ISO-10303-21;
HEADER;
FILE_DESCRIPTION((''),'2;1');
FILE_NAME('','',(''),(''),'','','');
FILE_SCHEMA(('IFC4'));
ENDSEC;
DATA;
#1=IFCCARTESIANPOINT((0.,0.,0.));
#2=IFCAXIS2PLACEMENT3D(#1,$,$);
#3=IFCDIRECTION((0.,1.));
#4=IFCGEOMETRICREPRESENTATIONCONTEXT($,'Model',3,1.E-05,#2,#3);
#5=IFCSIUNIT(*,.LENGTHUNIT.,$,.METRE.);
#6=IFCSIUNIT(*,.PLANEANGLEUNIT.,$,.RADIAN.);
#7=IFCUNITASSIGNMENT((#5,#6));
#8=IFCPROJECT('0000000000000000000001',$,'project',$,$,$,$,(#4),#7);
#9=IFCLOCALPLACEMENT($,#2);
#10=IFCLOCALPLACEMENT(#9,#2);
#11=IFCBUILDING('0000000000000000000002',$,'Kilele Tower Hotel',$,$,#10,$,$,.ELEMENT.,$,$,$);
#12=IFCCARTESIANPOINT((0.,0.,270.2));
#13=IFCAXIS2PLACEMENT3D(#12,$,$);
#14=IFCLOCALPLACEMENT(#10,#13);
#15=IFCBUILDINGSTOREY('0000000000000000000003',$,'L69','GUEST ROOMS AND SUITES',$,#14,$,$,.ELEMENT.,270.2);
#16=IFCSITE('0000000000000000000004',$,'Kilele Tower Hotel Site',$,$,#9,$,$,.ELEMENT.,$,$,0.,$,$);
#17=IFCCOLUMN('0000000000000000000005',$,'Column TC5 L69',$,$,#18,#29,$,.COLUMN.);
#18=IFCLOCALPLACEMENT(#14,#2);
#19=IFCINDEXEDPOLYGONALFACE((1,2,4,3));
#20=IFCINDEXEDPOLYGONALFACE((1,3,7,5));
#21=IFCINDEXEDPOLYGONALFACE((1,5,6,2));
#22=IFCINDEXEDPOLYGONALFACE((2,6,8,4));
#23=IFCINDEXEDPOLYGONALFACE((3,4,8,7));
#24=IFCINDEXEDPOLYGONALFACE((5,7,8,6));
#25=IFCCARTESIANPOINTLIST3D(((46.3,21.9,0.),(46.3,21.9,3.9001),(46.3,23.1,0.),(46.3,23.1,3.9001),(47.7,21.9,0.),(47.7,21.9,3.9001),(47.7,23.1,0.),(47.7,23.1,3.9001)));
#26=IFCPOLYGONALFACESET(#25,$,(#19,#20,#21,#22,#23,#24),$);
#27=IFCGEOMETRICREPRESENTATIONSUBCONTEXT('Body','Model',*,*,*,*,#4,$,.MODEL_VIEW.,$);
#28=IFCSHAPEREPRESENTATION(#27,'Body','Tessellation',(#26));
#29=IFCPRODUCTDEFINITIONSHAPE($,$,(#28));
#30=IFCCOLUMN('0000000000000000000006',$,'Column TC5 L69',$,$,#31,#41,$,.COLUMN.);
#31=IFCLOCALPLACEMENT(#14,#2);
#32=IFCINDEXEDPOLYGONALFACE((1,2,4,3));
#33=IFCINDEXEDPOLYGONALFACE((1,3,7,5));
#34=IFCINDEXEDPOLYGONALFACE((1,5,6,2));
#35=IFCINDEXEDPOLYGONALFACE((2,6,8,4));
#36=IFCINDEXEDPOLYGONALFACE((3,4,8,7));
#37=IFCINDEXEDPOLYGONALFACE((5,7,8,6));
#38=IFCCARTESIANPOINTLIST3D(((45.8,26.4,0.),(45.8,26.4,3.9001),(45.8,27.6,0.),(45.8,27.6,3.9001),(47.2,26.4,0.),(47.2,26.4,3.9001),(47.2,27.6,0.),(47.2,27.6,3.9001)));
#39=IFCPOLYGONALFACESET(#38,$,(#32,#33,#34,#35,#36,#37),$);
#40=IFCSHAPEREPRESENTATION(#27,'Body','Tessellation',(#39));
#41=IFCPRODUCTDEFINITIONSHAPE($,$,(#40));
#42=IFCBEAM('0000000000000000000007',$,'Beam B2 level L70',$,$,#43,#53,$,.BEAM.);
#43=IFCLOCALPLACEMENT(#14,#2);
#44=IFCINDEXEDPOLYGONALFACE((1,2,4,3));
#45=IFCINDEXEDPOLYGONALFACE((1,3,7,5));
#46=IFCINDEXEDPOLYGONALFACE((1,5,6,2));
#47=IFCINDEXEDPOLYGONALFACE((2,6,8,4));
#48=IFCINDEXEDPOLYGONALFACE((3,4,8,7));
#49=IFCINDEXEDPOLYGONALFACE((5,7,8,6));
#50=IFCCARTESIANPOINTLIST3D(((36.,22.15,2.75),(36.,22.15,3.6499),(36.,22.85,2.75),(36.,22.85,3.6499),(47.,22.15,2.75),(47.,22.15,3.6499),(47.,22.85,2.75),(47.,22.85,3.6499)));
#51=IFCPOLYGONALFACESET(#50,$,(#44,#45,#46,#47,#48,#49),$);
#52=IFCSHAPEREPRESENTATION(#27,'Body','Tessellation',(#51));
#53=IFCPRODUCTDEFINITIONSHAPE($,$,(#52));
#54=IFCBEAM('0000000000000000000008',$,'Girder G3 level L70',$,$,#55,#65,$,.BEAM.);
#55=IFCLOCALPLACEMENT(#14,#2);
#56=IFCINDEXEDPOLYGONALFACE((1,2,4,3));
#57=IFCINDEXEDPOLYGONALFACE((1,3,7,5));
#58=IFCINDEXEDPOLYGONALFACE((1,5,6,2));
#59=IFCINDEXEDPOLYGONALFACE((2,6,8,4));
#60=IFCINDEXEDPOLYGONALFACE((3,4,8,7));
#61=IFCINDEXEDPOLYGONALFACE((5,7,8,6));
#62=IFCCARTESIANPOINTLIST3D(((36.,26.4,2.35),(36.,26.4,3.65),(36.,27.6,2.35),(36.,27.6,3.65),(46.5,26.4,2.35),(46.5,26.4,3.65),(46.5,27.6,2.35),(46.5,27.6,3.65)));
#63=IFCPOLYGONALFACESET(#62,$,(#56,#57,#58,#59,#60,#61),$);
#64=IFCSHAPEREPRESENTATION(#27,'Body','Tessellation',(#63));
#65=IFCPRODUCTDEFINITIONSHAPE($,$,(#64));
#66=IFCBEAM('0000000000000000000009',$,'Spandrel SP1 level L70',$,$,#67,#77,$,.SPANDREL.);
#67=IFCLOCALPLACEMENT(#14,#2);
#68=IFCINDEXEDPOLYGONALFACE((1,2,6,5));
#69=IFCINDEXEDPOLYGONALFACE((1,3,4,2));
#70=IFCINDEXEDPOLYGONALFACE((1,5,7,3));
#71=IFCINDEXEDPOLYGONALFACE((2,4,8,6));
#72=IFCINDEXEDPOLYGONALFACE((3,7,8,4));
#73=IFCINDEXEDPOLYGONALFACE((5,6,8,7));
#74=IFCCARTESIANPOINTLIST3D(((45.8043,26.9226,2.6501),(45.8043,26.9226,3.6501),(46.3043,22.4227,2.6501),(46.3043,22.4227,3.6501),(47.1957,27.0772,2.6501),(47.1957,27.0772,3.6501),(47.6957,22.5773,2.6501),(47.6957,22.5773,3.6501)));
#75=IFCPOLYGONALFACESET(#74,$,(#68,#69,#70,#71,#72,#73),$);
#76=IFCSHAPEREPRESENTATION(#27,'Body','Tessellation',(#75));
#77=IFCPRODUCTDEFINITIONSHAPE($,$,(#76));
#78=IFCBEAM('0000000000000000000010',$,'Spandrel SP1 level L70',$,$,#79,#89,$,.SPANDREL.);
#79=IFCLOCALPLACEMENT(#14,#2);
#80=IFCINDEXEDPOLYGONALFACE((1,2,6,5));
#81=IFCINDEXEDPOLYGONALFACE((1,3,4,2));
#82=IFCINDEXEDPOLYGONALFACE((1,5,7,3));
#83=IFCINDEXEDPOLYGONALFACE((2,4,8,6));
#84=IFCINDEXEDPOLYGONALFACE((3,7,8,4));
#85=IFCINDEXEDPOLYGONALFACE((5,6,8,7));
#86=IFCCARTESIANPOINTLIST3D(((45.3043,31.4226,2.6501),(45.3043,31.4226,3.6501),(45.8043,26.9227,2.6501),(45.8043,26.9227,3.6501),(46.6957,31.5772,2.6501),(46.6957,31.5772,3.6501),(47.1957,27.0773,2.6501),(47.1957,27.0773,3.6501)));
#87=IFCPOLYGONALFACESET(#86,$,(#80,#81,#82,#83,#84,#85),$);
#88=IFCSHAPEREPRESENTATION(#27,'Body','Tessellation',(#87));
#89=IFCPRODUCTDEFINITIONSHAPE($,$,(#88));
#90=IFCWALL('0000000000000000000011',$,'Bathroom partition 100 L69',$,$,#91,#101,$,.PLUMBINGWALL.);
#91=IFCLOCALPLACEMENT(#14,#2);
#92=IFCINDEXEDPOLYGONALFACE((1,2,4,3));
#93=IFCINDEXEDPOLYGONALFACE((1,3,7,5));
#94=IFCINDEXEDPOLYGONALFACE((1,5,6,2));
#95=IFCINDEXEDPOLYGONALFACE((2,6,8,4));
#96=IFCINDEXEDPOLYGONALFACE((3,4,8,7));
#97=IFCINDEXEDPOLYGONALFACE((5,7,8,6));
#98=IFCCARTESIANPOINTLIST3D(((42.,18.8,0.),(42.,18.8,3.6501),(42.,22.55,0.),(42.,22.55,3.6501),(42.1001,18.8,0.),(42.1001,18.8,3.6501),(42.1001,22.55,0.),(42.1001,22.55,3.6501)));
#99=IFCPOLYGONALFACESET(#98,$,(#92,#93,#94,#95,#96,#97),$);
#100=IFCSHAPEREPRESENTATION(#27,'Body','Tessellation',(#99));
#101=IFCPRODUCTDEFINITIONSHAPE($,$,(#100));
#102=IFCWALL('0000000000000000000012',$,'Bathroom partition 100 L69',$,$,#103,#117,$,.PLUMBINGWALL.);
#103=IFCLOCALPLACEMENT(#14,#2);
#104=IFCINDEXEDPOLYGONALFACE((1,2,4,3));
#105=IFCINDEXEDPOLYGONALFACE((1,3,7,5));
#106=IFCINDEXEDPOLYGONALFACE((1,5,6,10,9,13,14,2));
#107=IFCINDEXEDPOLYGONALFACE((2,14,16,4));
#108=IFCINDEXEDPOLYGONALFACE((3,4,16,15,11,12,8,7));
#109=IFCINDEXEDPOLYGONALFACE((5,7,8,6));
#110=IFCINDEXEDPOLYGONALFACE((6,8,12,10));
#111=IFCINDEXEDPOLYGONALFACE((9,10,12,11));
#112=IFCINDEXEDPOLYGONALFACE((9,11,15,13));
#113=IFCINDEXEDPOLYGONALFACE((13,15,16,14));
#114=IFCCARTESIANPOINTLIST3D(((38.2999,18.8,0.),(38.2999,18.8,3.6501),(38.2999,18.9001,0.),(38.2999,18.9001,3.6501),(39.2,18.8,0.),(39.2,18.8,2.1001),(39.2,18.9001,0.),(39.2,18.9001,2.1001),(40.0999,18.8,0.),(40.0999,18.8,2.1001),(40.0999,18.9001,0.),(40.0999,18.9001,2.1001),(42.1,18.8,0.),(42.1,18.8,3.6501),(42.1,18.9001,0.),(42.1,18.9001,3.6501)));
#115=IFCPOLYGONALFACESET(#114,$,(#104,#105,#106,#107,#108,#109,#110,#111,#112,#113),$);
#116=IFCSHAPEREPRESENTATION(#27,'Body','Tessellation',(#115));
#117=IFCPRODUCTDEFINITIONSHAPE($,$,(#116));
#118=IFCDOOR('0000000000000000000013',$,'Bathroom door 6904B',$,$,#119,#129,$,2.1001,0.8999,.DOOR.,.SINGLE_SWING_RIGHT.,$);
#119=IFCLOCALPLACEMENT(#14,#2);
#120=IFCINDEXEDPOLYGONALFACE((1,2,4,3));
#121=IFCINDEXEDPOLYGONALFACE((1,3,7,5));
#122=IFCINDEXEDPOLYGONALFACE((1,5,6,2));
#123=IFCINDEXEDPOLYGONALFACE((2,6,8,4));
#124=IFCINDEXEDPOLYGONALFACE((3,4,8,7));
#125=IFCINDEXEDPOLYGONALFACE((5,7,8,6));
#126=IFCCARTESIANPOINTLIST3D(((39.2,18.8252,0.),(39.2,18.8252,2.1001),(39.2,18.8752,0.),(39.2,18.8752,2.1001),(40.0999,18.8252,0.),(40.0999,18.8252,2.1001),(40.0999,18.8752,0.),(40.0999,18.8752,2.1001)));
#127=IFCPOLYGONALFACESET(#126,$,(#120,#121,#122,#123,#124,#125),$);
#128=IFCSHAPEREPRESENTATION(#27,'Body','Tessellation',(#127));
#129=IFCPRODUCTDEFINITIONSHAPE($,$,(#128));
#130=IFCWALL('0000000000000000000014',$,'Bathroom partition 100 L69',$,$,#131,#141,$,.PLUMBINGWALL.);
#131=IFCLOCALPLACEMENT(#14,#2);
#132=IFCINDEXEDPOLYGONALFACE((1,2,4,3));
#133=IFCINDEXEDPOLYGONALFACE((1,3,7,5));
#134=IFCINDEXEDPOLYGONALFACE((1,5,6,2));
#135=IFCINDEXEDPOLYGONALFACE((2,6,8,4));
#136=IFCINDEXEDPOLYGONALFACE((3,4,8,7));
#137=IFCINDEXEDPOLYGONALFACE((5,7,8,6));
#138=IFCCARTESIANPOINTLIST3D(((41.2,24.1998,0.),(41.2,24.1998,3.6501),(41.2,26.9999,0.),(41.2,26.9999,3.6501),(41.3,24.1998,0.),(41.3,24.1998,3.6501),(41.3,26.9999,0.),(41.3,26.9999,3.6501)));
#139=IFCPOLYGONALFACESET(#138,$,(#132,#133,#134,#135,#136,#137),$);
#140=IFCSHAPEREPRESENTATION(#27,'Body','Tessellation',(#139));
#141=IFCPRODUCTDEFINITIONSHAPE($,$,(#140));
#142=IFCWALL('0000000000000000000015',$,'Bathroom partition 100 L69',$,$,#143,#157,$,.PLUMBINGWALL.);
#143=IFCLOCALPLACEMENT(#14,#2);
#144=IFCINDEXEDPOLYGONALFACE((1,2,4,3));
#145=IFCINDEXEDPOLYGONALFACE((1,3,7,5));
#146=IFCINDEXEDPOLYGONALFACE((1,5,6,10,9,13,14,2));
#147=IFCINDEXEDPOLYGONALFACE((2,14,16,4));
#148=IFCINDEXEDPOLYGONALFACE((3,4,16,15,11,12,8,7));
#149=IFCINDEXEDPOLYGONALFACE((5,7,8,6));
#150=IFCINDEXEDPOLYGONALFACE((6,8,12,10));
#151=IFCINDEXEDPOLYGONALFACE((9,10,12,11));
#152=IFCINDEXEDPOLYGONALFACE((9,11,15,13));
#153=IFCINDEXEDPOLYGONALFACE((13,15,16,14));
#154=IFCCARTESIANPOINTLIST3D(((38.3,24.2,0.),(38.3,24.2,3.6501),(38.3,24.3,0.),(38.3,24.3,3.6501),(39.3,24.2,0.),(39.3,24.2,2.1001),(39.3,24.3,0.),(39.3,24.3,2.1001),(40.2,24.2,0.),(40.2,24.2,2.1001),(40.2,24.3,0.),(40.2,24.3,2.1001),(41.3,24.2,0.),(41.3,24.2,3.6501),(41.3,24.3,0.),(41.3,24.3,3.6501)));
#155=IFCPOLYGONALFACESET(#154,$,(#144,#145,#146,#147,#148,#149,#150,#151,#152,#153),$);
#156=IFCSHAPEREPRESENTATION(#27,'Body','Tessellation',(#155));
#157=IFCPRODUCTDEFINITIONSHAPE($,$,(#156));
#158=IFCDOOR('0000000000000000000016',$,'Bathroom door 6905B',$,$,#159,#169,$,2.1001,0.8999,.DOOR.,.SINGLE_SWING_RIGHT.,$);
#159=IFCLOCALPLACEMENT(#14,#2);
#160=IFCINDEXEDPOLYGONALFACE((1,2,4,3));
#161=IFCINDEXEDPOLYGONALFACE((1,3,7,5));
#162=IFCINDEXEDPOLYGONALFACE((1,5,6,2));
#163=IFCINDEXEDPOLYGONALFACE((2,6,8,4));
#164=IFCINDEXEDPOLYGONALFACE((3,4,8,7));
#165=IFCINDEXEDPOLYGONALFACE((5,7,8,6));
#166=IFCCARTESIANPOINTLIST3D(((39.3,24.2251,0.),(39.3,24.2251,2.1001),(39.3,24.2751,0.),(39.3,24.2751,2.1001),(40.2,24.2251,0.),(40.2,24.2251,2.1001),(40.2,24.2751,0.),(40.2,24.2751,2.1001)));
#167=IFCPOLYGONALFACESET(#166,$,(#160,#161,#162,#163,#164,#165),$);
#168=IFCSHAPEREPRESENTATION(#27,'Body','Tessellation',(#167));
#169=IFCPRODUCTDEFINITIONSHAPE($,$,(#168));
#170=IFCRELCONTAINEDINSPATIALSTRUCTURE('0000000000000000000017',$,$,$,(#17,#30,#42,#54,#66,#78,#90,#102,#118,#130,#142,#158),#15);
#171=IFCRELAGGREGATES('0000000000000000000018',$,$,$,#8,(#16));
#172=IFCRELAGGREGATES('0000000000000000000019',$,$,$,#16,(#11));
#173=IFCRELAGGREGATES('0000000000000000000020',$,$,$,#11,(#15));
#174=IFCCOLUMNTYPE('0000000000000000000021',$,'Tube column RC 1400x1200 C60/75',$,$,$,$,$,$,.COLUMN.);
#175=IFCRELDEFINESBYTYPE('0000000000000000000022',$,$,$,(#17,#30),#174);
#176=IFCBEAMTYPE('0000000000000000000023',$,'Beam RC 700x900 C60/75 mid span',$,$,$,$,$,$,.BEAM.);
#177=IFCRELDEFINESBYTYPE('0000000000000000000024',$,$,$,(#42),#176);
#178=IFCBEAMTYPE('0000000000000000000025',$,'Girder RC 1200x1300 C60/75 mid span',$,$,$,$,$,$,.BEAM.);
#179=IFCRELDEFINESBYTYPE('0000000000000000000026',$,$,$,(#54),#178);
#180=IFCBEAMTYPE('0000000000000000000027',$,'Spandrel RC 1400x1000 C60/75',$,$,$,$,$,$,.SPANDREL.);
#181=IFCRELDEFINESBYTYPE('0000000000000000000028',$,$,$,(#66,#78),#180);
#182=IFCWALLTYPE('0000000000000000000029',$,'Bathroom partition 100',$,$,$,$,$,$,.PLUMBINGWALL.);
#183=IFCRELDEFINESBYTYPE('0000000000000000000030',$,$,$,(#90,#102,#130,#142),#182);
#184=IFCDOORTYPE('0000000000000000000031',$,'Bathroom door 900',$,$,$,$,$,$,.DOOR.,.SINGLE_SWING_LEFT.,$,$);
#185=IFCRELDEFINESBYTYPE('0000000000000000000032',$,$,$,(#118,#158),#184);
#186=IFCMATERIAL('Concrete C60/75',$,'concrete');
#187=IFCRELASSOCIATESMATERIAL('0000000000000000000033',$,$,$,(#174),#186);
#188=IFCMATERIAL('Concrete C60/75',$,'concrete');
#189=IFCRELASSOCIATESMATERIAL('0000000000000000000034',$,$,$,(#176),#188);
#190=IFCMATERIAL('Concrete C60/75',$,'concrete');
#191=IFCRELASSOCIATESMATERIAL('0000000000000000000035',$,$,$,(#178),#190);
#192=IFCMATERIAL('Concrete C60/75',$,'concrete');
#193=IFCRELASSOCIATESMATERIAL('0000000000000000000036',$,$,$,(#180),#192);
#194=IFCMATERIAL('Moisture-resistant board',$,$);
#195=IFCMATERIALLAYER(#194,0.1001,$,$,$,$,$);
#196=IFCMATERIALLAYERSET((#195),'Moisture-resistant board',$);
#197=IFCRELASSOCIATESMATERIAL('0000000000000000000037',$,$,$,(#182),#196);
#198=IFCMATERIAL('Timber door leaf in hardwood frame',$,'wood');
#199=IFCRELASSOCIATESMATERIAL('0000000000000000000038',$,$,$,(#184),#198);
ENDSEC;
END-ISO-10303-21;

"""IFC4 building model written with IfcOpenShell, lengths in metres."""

from ifc_helpers import new_model, si_unit, direction, frame, frame_2d, origin, origin_2d, place, context, subcontext, project, spatial, rectangle, extrude, material, layer, layer_set, material_profile, profile_set, type_object, element, fill, save


model = new_model("IFC4")

# Units and contexts
model_context = context("Model", 3, precision=1e-05, world=origin(), true_north=direction((0.0, 1.0)))
body_context = subcontext(model_context, "Body", "Model", "MODEL_VIEW")
ifc_project = project(units=[si_unit("LENGTHUNIT", "METRE"), si_unit("PLANEANGLEUNIT", "RADIAN")], contexts=[model_context])

# Site, building, storey
site_placement = place(None, origin())
site = spatial("IfcSite", under=ifc_project, at=site_placement, Name="Kilele Tower Hotel Site", CompositionType="ELEMENT", RefElevation=0.0)
building_placement = place(site_placement, origin())
building = spatial("IfcBuilding", under=site, at=building_placement, Name="Kilele Tower Hotel", CompositionType="ELEMENT")
storey_placement = place(building_placement, frame((0.0, 0.0, 270.2)))
storey = spatial("IfcBuildingStorey", under=building, at=storey_placement, Name="L69", Description="GUEST ROOMS AND SUITES", CompositionType="ELEMENT", Elevation=270.2)

# Columns
ifc_material_1 = material(Name="Concrete C60/75", Category="concrete")
ifc_material_profile_1 = material_profile(ifc_material_1, rectangle(XDim=1.3999, YDim=1.2, at=origin_2d()))
ifc_profile_set_1 = profile_set([ifc_material_profile_1], Name="Concrete C60/75")
column_type = type_object("IfcColumnType", Name="Tube column RC 1400x1200 C60/75", PredefinedType="COLUMN", material=ifc_profile_set_1)
for number, where, z_axis, x_axis, name in (
    (1, (47.0, 22.5, 0.0), (0.0, 0.0, 1.0), (1.0, 0.0, 0.0), "Column TC5 L69"),
    (2, (46.5, 27.0, 0.0), (0.0, 0.0, 1.0), (1.0, 0.0, 0.0), "Column TC5 L69"),
):
    element("IfcColumn", number, at=place(storey_placement, frame(where, z_axis=z_axis, x_axis=x_axis)), inside=storey, type_object=column_type, Name=name, PredefinedType="COLUMN", context=body_context, shape_type="SweptSolid", body=[
        extrude(rectangle(XDim=1.3999, YDim=1.2, at=origin_2d()), origin(), (0.0, 0.0, 1.0), 3.9001),
    ])

# Beams
ifc_material_2 = material(Name="Concrete C60/75", Category="concrete")
ifc_material_profile_2 = material_profile(ifc_material_2, rectangle(XDim=0.7, YDim=0.8999, at=origin_2d()))
ifc_profile_set_2 = profile_set([ifc_material_profile_2], Name="Concrete C60/75")
beam_type_1 = type_object("IfcBeamType", Name="Beam RC 700x900 C60/75 mid span", PredefinedType="BEAM", material=ifc_profile_set_2)
beam_1_placement = place(storey_placement, frame((47.0, 22.5, 3.2), z_axis=(-1.0, 0.0, 0.0), x_axis=(0.0, -1.0, 0.0)))
element("IfcBeam", 3, at=beam_1_placement, inside=storey, type_object=beam_type_1, Name="Beam B2 level L70", PredefinedType="BEAM", context=body_context, shape_type="SweptSolid", body=[
    extrude(rectangle(XDim=0.7, YDim=0.8999, at=origin_2d()), origin(), (0.0, 0.0, 1.0), 11.0),
])
ifc_material_3 = material(Name="Concrete C60/75", Category="concrete")
ifc_material_profile_3 = material_profile(ifc_material_3, rectangle(XDim=1.2, YDim=1.3, at=origin_2d()))
ifc_profile_set_3 = profile_set([ifc_material_profile_3], Name="Concrete C60/75")
beam_type_2 = type_object("IfcBeamType", Name="Girder RC 1200x1300 C60/75 mid span", PredefinedType="BEAM", material=ifc_profile_set_3)
beam_2_placement = place(storey_placement, frame((46.5, 27.0, 3.0), z_axis=(-1.0, 0.0, 0.0), x_axis=(0.0, -1.0, 0.0)))
element("IfcBeam", 4, at=beam_2_placement, inside=storey, type_object=beam_type_2, Name="Girder G3 level L70", PredefinedType="BEAM", context=body_context, shape_type="SweptSolid", body=[
    extrude(rectangle(XDim=1.2, YDim=1.3, at=origin_2d()), origin(), (0.0, 0.0, 1.0), 10.5),
])
ifc_material_4 = material(Name="Concrete C60/75", Category="concrete")
ifc_material_profile_4 = material_profile(ifc_material_4, rectangle(XDim=1.3999, YDim=1.0, at=origin_2d()))
ifc_profile_set_4 = profile_set([ifc_material_profile_4], Name="Concrete C60/75")
beam_type_3 = type_object("IfcBeamType", Name="Spandrel RC 1400x1000 C60/75", PredefinedType="SPANDREL", material=ifc_profile_set_4)
for number, where, z_axis, x_axis, name in (
    (5, (47.0, 22.5, 3.1501), (-0.110432, 0.993884, 0.0), (-0.993884, -0.110432, 0.0), "Spandrel SP1 level L70"),
    (6, (46.5, 27.0, 3.1501), (-0.110432, 0.993884, 0.0), (-0.993884, -0.110432, 0.0), "Spandrel SP1 level L70"),
):
    element("IfcBeam", number, at=place(storey_placement, frame(where, z_axis=z_axis, x_axis=x_axis)), inside=storey, type_object=beam_type_3, Name=name, PredefinedType="SPANDREL", context=body_context, shape_type="SweptSolid", body=[
        extrude(rectangle(XDim=1.3999, YDim=1.0, at=origin_2d()), origin(), (0.0, 0.0, 1.0), 4.5276),
    ])

# Wall
ifc_material_5 = material(Name="Moisture-resistant board")
ifc_layer_1 = layer(ifc_material_5, 0.1001)
ifc_layer_set_1 = layer_set([ifc_layer_1], Name="Moisture-resistant board")
wall_type_1 = type_object("IfcWallType", Name="Bathroom partition 100", PredefinedType="PLUMBINGWALL", material=ifc_layer_set_1)
wall_1_placement = place(storey_placement, frame((42.05, 18.8, 0.0), z_axis=(0.0, 0.0, 1.0), x_axis=(0.0, 1.0, 0.0)))
element("IfcWall", 7, at=wall_1_placement, inside=storey, type_object=wall_type_1, Name="Bathroom partition 100 L69", PredefinedType="PLUMBINGWALL", context=body_context, shape_type="SweptSolid", body=[
    extrude(rectangle(XDim=3.75, YDim=0.1001, at=frame_2d((1.875, 0.0))), origin(), (0.0, 0.0, 1.0), 3.6501),
])

# Wall, opening, door
wall_2_placement = place(storey_placement, frame((38.3, 18.8501, 0.0), z_axis=(0.0, 0.0, 1.0), x_axis=(1.0, 0.0, 0.0)))
wall_2 = element("IfcWall", 8, at=wall_2_placement, inside=storey, type_object=wall_type_1, Name="Bathroom partition 100 L69", PredefinedType="PLUMBINGWALL", context=body_context, shape_type="SweptSolid", body=[
    extrude(rectangle(XDim=3.8, YDim=0.1001, at=frame_2d((1.8999, 0.0))), origin(), (0.0, 0.0, 1.0), 3.6501),
])
opening_1_placement = place(wall_2_placement, frame((1.7998, 0.0, 0.0), z_axis=(0.0, 0.0, 1.0), x_axis=(-1.0, 0.0, 0.0)))
opening_1 = element("IfcOpeningElement", 9, at=opening_1_placement, cuts=wall_2, PredefinedType="OPENING", context=body_context, shape_type="SweptSolid", body=[
    extrude(rectangle(XDim=0.8999, YDim=2.1001, at=frame_2d((0.45, 1.05))), frame((0.0, 0.0601, 0.0), z_axis=(0.0, -1.0, 0.0), x_axis=(1.0, 0.0, 0.0)), (0.0, 0.0, 1.0), 0.1201),
])
ifc_material_6 = material(Name="Timber door leaf in hardwood frame", Category="wood")
door_type_1 = type_object("IfcDoorType", Name="Bathroom door 900", OperationType="SINGLE_SWING_LEFT", PredefinedType="DOOR", material=ifc_material_6)
door_1_placement = place(opening_1_placement, origin())
door_1 = element("IfcDoor", 10, at=door_1_placement, inside=storey, type_object=door_type_1, Name="Bathroom door 6904B", OperationType="SINGLE_SWING_RIGHT", OverallHeight=2.1001, OverallWidth=0.8999, PredefinedType="DOOR", context=body_context, shape_type="SweptSolid", body=[
    extrude(rectangle(XDim=0.8999, YDim=2.1001, at=frame_2d((0.45, 1.05))), frame((0.0, 0.0249, 0.0), z_axis=(0.0, -1.0, 0.0), x_axis=(1.0, 0.0, 0.0)), (0.0, 0.0, 1.0), 0.05),
])
fill(opening_1, door_1)

# Wall
wall_3_placement = place(storey_placement, frame((41.25, 24.2, 0.0), z_axis=(0.0, 0.0, 1.0), x_axis=(0.0, 1.0, 0.0)))
element("IfcWall", 11, at=wall_3_placement, inside=storey, type_object=wall_type_1, Name="Bathroom partition 100 L69", PredefinedType="PLUMBINGWALL", context=body_context, shape_type="SweptSolid", body=[
    extrude(rectangle(XDim=2.8, YDim=0.1001, at=frame_2d((1.3999, 0.0))), origin(), (0.0, 0.0, 1.0), 3.6501),
])

# Wall, opening, door
wall_4_placement = place(storey_placement, frame((38.3, 24.25, 0.0), z_axis=(0.0, 0.0, 1.0), x_axis=(1.0, 0.0, 0.0)))
wall_4 = element("IfcWall", 12, at=wall_4_placement, inside=storey, type_object=wall_type_1, Name="Bathroom partition 100 L69", PredefinedType="PLUMBINGWALL", context=body_context, shape_type="SweptSolid", body=[
    extrude(rectangle(XDim=3.0, YDim=0.1001, at=frame_2d((1.5, 0.0))), origin(), (0.0, 0.0, 1.0), 3.6501),
])
opening_2_placement = place(wall_4_placement, frame((1.8999, 0.0, 0.0), z_axis=(0.0, 0.0, 1.0), x_axis=(-1.0, 0.0, 0.0)))
opening_2 = element("IfcOpeningElement", 13, at=opening_2_placement, cuts=wall_4, PredefinedType="OPENING", context=body_context, shape_type="SweptSolid", body=[
    extrude(rectangle(XDim=0.8999, YDim=2.1001, at=frame_2d((0.45, 1.05))), frame((0.0, 0.0601, 0.0), z_axis=(0.0, -1.0, 0.0), x_axis=(1.0, 0.0, 0.0)), (0.0, 0.0, 1.0), 0.1201),
])
door_2_placement = place(opening_2_placement, origin())
door_2 = element("IfcDoor", 14, at=door_2_placement, inside=storey, type_object=door_type_1, Name="Bathroom door 6905B", OperationType="SINGLE_SWING_RIGHT", OverallHeight=2.1001, OverallWidth=0.8999, PredefinedType="DOOR", context=body_context, shape_type="SweptSolid", body=[
    extrude(rectangle(XDim=0.8999, YDim=2.1001, at=frame_2d((0.45, 1.05))), frame((0.0, 0.0249, 0.0), z_axis=(0.0, -1.0, 0.0), x_axis=(1.0, 0.0, 0.0)), (0.0, 0.0, 1.0), 0.05),
])
fill(opening_2, door_2)

save(model, "model.ifc")
